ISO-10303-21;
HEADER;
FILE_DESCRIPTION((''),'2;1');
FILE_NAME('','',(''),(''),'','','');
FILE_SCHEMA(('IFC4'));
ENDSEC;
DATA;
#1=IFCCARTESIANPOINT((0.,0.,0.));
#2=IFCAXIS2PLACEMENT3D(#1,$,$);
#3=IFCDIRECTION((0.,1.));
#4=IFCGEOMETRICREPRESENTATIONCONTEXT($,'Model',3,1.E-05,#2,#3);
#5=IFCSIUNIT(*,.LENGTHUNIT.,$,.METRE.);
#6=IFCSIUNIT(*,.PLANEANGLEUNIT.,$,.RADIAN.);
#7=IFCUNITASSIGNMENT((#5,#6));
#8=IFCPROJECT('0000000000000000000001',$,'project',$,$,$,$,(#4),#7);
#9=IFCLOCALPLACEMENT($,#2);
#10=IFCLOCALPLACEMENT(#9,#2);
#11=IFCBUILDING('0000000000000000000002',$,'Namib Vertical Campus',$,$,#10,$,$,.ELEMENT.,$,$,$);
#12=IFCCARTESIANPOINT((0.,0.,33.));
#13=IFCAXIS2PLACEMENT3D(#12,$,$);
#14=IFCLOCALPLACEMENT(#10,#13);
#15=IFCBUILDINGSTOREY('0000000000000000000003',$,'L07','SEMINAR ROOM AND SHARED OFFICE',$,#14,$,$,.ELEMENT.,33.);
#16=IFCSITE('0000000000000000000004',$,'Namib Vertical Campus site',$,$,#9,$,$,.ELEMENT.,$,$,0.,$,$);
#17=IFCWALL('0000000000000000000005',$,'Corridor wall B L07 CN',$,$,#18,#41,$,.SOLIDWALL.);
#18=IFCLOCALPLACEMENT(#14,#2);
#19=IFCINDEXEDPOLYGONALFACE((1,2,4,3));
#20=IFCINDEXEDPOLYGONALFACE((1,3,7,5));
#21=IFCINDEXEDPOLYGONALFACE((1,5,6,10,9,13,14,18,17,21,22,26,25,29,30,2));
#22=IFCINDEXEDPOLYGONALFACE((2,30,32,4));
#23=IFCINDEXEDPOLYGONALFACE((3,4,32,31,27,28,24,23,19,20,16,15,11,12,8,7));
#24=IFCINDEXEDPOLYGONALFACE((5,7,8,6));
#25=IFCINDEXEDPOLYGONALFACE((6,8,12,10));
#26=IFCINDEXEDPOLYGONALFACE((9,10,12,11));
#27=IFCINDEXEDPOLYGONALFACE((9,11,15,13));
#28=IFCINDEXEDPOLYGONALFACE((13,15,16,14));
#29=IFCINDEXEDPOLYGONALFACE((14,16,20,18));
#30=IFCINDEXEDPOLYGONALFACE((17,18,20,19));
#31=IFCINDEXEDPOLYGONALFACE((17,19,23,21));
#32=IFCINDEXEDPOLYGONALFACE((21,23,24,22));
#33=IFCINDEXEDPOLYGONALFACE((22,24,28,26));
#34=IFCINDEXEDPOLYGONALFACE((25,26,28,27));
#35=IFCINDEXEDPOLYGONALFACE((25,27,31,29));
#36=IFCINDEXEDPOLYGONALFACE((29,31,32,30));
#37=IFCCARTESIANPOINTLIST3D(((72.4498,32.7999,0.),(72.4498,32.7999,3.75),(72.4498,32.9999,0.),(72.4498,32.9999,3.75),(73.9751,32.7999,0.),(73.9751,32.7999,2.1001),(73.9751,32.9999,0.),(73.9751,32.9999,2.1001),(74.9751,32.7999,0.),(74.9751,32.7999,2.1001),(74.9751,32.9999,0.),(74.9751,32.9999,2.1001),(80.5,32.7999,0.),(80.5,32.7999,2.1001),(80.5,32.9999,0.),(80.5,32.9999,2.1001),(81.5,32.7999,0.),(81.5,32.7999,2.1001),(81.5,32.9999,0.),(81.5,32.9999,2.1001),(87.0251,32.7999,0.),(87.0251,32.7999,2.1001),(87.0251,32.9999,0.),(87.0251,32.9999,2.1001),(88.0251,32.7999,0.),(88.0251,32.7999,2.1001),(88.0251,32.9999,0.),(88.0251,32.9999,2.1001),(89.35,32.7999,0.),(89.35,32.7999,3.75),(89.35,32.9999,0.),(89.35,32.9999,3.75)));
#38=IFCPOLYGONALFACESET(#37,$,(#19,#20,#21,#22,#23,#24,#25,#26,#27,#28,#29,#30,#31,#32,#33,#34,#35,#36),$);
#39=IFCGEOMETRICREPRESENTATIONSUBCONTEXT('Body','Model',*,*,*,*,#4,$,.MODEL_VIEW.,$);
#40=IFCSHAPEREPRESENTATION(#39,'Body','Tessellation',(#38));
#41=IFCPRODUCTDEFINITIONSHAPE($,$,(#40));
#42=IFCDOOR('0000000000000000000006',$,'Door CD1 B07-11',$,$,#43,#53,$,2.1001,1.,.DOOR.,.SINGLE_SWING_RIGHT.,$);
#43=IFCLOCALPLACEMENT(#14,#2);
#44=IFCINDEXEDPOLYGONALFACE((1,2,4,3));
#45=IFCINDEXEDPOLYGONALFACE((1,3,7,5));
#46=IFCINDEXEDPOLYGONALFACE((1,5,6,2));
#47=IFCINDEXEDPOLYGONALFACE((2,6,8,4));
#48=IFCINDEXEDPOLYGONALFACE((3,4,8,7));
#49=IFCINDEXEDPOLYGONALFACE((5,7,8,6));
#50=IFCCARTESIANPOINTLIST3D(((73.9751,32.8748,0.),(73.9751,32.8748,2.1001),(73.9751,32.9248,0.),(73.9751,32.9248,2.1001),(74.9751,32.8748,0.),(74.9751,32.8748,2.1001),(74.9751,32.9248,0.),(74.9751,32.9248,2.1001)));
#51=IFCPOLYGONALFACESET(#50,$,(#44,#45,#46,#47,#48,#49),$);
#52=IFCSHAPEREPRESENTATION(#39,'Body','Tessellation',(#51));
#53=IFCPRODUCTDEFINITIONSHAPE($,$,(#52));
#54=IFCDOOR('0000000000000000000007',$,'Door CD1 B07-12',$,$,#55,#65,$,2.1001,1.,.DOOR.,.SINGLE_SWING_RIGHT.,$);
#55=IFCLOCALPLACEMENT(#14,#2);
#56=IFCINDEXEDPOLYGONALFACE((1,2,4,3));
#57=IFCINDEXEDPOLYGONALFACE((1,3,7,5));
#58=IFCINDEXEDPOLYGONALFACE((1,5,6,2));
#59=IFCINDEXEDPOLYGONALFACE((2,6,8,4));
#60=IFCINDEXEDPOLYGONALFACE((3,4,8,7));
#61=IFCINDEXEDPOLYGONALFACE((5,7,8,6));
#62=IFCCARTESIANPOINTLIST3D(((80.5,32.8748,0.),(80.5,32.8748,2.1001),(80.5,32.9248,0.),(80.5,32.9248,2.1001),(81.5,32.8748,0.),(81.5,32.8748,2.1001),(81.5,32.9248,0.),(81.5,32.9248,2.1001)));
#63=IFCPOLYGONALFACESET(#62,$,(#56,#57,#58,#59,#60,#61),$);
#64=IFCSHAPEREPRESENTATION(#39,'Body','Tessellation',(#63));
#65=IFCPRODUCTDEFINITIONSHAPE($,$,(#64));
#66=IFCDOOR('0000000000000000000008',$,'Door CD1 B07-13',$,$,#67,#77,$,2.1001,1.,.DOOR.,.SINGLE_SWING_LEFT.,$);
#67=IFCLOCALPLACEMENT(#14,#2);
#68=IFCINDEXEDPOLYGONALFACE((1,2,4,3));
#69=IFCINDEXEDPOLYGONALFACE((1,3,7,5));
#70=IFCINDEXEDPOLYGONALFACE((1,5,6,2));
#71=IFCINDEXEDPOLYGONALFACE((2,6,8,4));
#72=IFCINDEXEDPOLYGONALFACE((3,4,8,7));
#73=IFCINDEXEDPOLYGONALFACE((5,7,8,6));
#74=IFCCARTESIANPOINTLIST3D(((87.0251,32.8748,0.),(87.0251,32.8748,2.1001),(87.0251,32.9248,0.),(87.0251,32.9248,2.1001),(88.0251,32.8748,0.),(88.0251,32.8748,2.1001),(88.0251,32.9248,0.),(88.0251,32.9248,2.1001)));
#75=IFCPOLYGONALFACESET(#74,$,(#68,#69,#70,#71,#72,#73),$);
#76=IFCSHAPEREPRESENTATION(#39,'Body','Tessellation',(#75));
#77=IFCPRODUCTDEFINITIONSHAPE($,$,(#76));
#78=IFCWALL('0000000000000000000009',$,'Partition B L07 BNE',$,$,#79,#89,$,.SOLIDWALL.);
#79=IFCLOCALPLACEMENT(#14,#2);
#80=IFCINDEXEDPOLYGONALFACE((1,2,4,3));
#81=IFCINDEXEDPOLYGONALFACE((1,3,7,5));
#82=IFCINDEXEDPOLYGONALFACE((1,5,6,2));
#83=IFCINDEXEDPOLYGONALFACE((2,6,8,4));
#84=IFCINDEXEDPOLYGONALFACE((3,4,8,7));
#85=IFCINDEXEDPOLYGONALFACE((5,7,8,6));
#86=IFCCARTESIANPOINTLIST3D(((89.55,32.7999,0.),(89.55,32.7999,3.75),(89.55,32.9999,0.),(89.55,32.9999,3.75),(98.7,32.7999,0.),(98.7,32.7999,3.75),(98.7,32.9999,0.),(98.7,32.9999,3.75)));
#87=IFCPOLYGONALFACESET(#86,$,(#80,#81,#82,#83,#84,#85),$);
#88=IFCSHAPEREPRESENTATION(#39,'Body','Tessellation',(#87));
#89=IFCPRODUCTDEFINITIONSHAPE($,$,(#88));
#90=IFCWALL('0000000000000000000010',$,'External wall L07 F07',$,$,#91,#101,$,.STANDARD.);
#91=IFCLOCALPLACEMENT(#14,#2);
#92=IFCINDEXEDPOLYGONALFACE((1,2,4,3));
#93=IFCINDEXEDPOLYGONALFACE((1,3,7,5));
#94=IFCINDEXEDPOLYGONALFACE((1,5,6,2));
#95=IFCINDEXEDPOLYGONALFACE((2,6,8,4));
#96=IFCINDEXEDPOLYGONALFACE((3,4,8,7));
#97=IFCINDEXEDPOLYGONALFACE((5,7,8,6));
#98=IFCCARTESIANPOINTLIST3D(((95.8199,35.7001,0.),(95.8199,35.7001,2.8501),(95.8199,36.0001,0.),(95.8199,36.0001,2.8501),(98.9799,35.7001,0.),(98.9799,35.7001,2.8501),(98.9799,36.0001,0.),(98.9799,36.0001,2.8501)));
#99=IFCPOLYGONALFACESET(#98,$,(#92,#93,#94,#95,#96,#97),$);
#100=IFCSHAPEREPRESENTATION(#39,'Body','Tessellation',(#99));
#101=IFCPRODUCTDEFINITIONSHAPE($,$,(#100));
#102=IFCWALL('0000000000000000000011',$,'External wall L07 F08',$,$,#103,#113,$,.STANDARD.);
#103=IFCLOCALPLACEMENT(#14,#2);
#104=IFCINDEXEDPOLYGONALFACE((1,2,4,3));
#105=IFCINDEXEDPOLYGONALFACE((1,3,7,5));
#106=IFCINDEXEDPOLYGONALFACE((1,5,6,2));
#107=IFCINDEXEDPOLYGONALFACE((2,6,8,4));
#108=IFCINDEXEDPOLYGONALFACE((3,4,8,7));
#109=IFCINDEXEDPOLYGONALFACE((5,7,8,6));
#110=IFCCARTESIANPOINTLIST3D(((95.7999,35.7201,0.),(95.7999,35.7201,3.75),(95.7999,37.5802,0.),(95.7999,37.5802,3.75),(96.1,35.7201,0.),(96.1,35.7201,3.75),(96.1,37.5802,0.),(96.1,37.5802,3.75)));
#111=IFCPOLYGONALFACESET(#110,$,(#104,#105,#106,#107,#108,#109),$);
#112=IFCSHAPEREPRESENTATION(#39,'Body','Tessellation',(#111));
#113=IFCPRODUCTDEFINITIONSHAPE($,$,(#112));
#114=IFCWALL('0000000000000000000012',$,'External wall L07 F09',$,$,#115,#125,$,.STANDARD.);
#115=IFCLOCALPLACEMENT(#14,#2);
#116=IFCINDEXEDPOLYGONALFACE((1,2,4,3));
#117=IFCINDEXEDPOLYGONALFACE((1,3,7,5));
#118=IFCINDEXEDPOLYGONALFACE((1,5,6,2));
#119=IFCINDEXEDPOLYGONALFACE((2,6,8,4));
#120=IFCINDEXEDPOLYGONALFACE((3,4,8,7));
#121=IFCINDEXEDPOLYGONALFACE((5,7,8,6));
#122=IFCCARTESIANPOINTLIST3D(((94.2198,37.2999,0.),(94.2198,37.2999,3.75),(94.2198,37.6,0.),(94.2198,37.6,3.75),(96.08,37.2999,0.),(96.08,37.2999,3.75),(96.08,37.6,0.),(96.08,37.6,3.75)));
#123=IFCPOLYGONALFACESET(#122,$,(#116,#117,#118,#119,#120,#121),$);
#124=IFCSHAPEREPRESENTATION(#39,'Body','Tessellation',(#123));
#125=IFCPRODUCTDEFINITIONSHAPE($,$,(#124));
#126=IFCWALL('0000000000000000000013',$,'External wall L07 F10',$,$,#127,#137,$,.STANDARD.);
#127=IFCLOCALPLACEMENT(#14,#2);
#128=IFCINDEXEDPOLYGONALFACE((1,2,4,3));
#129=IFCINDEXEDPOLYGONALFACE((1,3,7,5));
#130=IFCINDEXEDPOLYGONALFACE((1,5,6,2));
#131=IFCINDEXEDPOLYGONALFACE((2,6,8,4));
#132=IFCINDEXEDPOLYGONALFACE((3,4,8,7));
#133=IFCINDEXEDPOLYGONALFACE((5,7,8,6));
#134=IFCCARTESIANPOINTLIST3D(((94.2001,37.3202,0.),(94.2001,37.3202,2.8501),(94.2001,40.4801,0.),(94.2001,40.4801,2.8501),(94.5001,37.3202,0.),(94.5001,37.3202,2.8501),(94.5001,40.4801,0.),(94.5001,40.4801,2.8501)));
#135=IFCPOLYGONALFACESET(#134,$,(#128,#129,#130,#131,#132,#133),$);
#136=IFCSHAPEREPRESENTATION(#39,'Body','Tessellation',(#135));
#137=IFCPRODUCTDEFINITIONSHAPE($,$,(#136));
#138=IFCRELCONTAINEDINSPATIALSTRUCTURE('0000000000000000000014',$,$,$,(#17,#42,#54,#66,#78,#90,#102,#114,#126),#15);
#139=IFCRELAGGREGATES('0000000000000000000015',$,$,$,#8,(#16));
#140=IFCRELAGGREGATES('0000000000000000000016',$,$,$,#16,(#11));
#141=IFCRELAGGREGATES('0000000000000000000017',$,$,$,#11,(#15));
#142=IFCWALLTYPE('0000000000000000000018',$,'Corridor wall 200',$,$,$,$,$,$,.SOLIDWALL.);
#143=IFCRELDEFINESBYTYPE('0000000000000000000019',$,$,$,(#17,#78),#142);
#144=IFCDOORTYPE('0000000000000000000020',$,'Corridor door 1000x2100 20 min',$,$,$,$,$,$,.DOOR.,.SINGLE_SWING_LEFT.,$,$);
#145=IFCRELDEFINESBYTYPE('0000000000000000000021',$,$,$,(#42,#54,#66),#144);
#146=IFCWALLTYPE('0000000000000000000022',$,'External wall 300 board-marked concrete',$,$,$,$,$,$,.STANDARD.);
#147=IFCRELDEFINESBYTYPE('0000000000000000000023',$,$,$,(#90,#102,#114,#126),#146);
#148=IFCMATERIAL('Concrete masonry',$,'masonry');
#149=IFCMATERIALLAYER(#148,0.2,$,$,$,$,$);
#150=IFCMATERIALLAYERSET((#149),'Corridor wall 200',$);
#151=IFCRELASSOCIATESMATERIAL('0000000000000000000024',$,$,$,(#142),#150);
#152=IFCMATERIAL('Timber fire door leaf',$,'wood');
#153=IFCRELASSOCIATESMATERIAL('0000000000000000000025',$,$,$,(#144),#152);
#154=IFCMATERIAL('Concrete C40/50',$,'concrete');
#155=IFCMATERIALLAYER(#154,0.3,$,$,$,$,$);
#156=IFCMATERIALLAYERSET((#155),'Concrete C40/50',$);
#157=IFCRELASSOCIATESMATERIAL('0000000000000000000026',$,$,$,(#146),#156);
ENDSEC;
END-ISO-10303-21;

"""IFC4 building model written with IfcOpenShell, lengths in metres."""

from ifc_helpers import new_model, si_unit, direction, frame, frame_2d, origin, place, context, subcontext, project, spatial, rectangle, extrude, material, layer, layer_set, type_object, element, fill, save


model = new_model("IFC4")

# Units and contexts
model_context = context("Model", 3, precision=1e-05, world=origin(), true_north=direction((0.0, 1.0)))
body_context = subcontext(model_context, "Body", "Model", "MODEL_VIEW")
ifc_project = project(units=[si_unit("LENGTHUNIT", "METRE"), si_unit("PLANEANGLEUNIT", "RADIAN")], contexts=[model_context])

# Site, building, storey
site_placement = place(None, origin())
site = spatial("IfcSite", under=ifc_project, at=site_placement, Name="Namib Vertical Campus site", CompositionType="ELEMENT", RefElevation=0.0)
building_placement = place(site_placement, origin())
building = spatial("IfcBuilding", under=site, at=building_placement, Name="Namib Vertical Campus", CompositionType="ELEMENT")
storey_placement = place(building_placement, frame((0.0, 0.0, 33.0)))
storey = spatial("IfcBuildingStorey", under=building, at=storey_placement, Name="L07", Description="SEMINAR ROOM AND SHARED OFFICE", CompositionType="ELEMENT", Elevation=33.0)

# Wall, openings, doors
ifc_material_1 = material(Name="Concrete masonry", Category="masonry")
ifc_layer_1 = layer(ifc_material_1, 0.2)
ifc_layer_set_1 = layer_set([ifc_layer_1], Name="Corridor wall 200")
wall_type_1 = type_object("IfcWallType", Name="Corridor wall 200", PredefinedType="SOLIDWALL", material=ifc_layer_set_1)
wall_1_placement = place(storey_placement, frame((89.3501, 32.8999, 0.0), z_axis=(0.0, 0.0, 1.0), x_axis=(-1.0, 0.0, 0.0)))
wall_1 = element("IfcWall", 1, at=wall_1_placement, inside=storey, type_object=wall_type_1, Name="Corridor wall B L07 CN", PredefinedType="SOLIDWALL", context=body_context, shape_type="SweptSolid", body=[
    extrude(rectangle(XDim=16.9001, YDim=0.2, at=frame_2d((8.4502, 0.0))), origin(), (0.0, 0.0, 1.0), 3.75),
])
opening_1_placement = place(wall_1_placement, frame((14.375, 0.0, 0.0)))
opening_1 = element("IfcOpeningElement", 2, at=opening_1_placement, cuts=wall_1, PredefinedType="OPENING", context=body_context, shape_type="SweptSolid", body=[
    extrude(rectangle(XDim=1.0, YDim=2.1001, at=frame_2d((0.5, 1.05))), frame((0.0, 0.1099, 0.0), z_axis=(0.0, -1.0, 0.0), x_axis=(1.0, 0.0, 0.0)), (0.0, 0.0, 1.0), 0.22),
])
opening_2_placement = place(wall_1_placement, frame((7.8501, 0.0, 0.0)))
opening_2 = element("IfcOpeningElement", 3, at=opening_2_placement, cuts=wall_1, PredefinedType="OPENING", context=body_context, shape_type="SweptSolid", body=[
    extrude(rectangle(XDim=1.0, YDim=2.1001, at=frame_2d((0.5, 1.05))), frame((0.0, 0.1099, 0.0), z_axis=(0.0, -1.0, 0.0), x_axis=(1.0, 0.0, 0.0)), (0.0, 0.0, 1.0), 0.22),
])
opening_3_placement = place(wall_1_placement, frame((1.325, 0.0, 0.0)))
opening_3 = element("IfcOpeningElement", 4, at=opening_3_placement, cuts=wall_1, PredefinedType="OPENING", context=body_context, shape_type="SweptSolid", body=[
    extrude(rectangle(XDim=1.0, YDim=2.1001, at=frame_2d((0.5, 1.05))), frame((0.0, 0.1099, 0.0), z_axis=(0.0, -1.0, 0.0), x_axis=(1.0, 0.0, 0.0)), (0.0, 0.0, 1.0), 0.22),
])
ifc_material_2 = material(Name="Timber fire door leaf", Category="wood")
door_type = type_object("IfcDoorType", Name="Corridor door 1000x2100 20 min", OperationType="SINGLE_SWING_LEFT", PredefinedType="DOOR", material=ifc_material_2)
door_1_placement = place(opening_1_placement, frame((1.0, 0.0, 0.0), z_axis=(0.0, 0.0, 1.0), x_axis=(-1.0, 0.0, 0.0)))
door_1 = element("IfcDoor", 5, at=door_1_placement, inside=storey, type_object=door_type, Name="Door CD1 B07-11", OperationType="SINGLE_SWING_RIGHT", OverallHeight=2.1001, OverallWidth=1.0, PredefinedType="DOOR", context=body_context, shape_type="SweptSolid", body=[
    extrude(rectangle(XDim=1.0, YDim=2.1001, at=frame_2d((0.5, 1.05))), frame((0.0, 0.0249, 0.0), z_axis=(0.0, -1.0, 0.0), x_axis=(1.0, 0.0, 0.0)), (0.0, 0.0, 1.0), 0.05),
])
fill(opening_1, door_1)
door_2_placement = place(opening_2_placement, frame((1.0, 0.0, 0.0), z_axis=(0.0, 0.0, 1.0), x_axis=(-1.0, 0.0, 0.0)))
door_2 = element("IfcDoor", 6, at=door_2_placement, inside=storey, type_object=door_type, Name="Door CD1 B07-12", OperationType="SINGLE_SWING_RIGHT", OverallHeight=2.1001, OverallWidth=1.0, PredefinedType="DOOR", context=body_context, shape_type="SweptSolid", body=[
    extrude(rectangle(XDim=1.0, YDim=2.1001, at=frame_2d((0.5, 1.05))), frame((0.0, 0.0249, 0.0), z_axis=(0.0, -1.0, 0.0), x_axis=(1.0, 0.0, 0.0)), (0.0, 0.0, 1.0), 0.05),
])
fill(opening_2, door_2)
door_3_placement = place(opening_3_placement, frame((1.0, 0.0, 0.0), z_axis=(0.0, 0.0, 1.0), x_axis=(-1.0, 0.0, 0.0)))
door_3 = element("IfcDoor", 7, at=door_3_placement, inside=storey, type_object=door_type, Name="Door CD1 B07-13", OperationType="SINGLE_SWING_LEFT", OverallHeight=2.1001, OverallWidth=1.0, PredefinedType="DOOR", context=body_context, shape_type="SweptSolid", body=[
    extrude(rectangle(XDim=1.0, YDim=2.1001, at=frame_2d((0.5, 1.05))), frame((0.0, 0.0249, 0.0), z_axis=(0.0, -1.0, 0.0), x_axis=(1.0, 0.0, 0.0)), (0.0, 0.0, 1.0), 0.05),
])
fill(opening_3, door_3)

# Walls
wall_2_placement = place(storey_placement, frame((89.55, 32.8999, 0.0), z_axis=(0.0, 0.0, 1.0), x_axis=(1.0, 0.0, 0.0)))
element("IfcWall", 8, at=wall_2_placement, inside=storey, type_object=wall_type_1, Name="Partition B L07 BNE", PredefinedType="SOLIDWALL", context=body_context, shape_type="SweptSolid", body=[
    extrude(rectangle(XDim=9.1499, YDim=0.2, at=frame_2d((4.575, 0.0))), origin(), (0.0, 0.0, 1.0), 3.75),
])
ifc_material_3 = material(Name="Concrete C40/50", Category="concrete")
ifc_layer_2 = layer(ifc_material_3, 0.3)
ifc_layer_set_2 = layer_set([ifc_layer_2], Name="Concrete C40/50")
wall_type_2 = type_object("IfcWallType", Name="External wall 300 board-marked concrete", PredefinedType="STANDARD", material=ifc_layer_set_2)
wall_3_placement = place(storey_placement, frame((98.98, 35.8501, 0.0), z_axis=(0.0, 0.0, 1.0), x_axis=(-1.0, 0.0, 0.0)))
element("IfcWall", 9, at=wall_3_placement, inside=storey, type_object=wall_type_2, Name="External wall L07 F07", PredefinedType="STANDARD", context=body_context, shape_type="SweptSolid", body=[
    extrude(rectangle(XDim=3.1599, YDim=0.3, at=frame_2d((1.5801, 0.0))), origin(), (0.0, 0.0, 1.0), 2.8501),
])
for number, where, z_axis, x_axis, name in (
    (10, (95.95, 35.72, 0.0), (0.0, 0.0, 1.0), (0.0, 1.0, 0.0), "External wall L07 F08"),
    (11, (96.0801, 37.45, 0.0), (0.0, 0.0, 1.0), (-1.0, 0.0, 0.0), "External wall L07 F09"),
):
    element("IfcWall", number, at=place(storey_placement, frame(where, z_axis=z_axis, x_axis=x_axis)), inside=storey, type_object=wall_type_2, Name=name, PredefinedType="STANDARD", context=body_context, shape_type="SweptSolid", body=[
        extrude(rectangle(XDim=1.8601, YDim=0.3, at=frame_2d((0.9302, 0.0))), origin(), (0.0, 0.0, 1.0), 3.75),
    ])
wall_4_placement = place(storey_placement, frame((94.3501, 37.3201, 0.0), z_axis=(0.0, 0.0, 1.0), x_axis=(0.0, 1.0, 0.0)))
element("IfcWall", 12, at=wall_4_placement, inside=storey, type_object=wall_type_2, Name="External wall L07 F10", PredefinedType="STANDARD", context=body_context, shape_type="SweptSolid", body=[
    extrude(rectangle(XDim=3.1599, YDim=0.3, at=frame_2d((1.5801, 0.0))), origin(), (0.0, 0.0, 1.0), 2.8501),
])

save(model, "model.ifc")
